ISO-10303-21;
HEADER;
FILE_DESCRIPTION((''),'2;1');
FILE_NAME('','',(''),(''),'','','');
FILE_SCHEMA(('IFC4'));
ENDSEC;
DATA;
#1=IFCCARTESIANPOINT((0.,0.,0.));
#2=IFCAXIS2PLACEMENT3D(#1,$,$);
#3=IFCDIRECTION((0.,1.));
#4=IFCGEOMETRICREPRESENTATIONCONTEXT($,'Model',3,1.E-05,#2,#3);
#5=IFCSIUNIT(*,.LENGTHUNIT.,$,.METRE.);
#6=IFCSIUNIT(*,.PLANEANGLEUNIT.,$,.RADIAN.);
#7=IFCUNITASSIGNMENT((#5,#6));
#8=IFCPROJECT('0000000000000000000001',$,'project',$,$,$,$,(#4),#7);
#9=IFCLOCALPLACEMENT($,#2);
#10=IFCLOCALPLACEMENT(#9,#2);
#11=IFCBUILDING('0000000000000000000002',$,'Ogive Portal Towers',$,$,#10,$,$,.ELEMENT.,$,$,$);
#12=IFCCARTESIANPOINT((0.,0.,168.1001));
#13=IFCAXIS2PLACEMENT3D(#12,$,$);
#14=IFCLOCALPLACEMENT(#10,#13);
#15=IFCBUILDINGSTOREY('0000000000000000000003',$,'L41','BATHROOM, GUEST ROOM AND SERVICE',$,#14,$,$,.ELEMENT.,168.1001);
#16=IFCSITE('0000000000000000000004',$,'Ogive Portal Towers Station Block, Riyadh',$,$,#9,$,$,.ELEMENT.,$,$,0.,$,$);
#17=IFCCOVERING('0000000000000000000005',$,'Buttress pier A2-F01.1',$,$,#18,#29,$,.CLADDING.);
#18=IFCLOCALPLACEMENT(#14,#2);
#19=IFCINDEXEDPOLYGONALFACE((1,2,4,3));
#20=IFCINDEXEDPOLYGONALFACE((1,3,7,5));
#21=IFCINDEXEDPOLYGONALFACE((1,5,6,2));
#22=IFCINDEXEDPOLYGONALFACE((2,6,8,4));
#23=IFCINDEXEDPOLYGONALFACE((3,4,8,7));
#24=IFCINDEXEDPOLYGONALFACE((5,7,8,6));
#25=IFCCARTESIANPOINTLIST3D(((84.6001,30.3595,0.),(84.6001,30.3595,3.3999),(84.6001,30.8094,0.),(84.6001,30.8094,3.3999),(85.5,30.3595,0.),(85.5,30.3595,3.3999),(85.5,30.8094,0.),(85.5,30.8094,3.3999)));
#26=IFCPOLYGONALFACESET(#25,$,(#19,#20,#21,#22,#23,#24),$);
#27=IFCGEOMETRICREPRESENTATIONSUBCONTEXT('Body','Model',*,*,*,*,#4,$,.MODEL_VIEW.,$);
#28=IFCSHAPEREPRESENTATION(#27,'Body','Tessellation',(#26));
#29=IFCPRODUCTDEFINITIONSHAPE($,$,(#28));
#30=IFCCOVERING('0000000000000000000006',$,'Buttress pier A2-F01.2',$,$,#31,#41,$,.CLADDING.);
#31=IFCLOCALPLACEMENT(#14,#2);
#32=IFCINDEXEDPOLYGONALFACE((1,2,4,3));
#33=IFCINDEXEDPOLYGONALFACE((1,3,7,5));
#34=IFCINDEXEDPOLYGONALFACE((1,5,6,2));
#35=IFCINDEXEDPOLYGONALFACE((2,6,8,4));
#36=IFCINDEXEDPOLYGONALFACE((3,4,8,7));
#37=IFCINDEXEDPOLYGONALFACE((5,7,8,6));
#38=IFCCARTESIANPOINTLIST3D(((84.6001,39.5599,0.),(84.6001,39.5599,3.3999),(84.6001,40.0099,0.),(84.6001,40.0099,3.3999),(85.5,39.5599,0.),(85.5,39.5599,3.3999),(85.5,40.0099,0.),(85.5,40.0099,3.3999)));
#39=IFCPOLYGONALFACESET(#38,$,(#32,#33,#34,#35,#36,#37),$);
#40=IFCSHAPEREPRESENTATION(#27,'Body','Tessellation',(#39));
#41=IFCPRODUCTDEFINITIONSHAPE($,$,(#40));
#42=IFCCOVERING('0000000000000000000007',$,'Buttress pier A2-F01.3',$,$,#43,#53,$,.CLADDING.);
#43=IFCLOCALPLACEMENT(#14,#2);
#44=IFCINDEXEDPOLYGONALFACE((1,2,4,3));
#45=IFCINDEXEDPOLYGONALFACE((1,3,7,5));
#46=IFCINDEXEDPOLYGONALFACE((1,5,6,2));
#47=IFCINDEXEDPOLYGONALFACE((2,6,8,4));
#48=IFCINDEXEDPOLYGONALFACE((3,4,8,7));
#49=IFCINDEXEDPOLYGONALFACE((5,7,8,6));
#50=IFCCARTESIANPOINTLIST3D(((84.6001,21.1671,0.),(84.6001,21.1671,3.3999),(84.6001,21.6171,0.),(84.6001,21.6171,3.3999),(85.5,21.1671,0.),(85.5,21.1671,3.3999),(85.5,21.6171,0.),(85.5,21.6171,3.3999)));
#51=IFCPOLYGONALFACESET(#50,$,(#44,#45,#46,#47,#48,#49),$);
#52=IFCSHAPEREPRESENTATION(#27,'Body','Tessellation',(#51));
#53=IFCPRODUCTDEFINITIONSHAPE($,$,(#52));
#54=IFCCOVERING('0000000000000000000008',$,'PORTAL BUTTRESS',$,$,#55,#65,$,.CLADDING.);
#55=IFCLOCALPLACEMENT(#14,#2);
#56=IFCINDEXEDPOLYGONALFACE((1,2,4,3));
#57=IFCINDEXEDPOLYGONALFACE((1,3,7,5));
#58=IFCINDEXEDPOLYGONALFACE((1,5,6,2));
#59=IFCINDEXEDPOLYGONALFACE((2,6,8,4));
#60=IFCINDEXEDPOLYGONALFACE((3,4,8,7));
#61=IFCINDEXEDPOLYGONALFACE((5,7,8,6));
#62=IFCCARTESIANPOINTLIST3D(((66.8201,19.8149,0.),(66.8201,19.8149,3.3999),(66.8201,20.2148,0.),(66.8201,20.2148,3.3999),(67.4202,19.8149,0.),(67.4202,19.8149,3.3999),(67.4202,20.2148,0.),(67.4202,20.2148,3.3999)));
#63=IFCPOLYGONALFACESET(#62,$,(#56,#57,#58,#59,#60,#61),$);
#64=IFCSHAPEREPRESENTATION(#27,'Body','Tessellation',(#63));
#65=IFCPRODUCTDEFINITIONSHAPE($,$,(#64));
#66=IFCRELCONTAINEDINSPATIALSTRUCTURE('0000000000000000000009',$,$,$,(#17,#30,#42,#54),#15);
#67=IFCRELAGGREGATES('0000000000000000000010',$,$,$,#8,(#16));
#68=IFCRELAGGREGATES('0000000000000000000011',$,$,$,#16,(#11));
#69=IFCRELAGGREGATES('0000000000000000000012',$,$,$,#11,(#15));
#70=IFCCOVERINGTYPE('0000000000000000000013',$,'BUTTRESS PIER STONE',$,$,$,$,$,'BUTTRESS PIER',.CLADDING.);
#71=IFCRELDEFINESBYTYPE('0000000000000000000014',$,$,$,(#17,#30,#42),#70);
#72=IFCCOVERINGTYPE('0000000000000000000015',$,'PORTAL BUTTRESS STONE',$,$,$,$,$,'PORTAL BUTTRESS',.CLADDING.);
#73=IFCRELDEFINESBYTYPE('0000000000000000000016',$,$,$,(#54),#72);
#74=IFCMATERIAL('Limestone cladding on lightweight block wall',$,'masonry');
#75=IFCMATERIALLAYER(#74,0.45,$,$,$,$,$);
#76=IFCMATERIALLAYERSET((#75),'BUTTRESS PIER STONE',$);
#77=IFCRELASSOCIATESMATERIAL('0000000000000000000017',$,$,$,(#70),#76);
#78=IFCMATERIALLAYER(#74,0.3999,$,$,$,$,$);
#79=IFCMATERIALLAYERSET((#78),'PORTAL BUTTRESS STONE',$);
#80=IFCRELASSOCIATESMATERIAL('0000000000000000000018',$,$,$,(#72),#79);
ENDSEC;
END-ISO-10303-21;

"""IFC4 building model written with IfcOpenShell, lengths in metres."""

from ifc_helpers import new_model, si_unit, direction, frame, origin, origin_2d, place, context, subcontext, project, spatial, rectangle, extrude, material, layer, layer_set, type_object, element, save


model = new_model("IFC4")

# Units and contexts
model_context = context("Model", 3, precision=1e-05, world=origin(), true_north=direction((0.0, 1.0)))
body_context = subcontext(model_context, "Body", "Model", "MODEL_VIEW")
ifc_project = project(units=[si_unit("LENGTHUNIT", "METRE"), si_unit("PLANEANGLEUNIT", "RADIAN")], contexts=[model_context])

# Site, building, storey
site_placement = place(None, origin())
site = spatial("IfcSite", under=ifc_project, at=site_placement, Name="Ogive Portal Towers Station Block, Riyadh", CompositionType="ELEMENT", RefElevation=0.0)
building_placement = place(site_placement, origin())
building = spatial("IfcBuilding", under=site, at=building_placement, Name="Ogive Portal Towers", CompositionType="ELEMENT")
storey_placement = place(building_placement, frame((0.0, 0.0, 168.1001)))
storey = spatial("IfcBuildingStorey", under=building, at=storey_placement, Name="L41", Description="BATHROOM, GUEST ROOM AND SERVICE", CompositionType="ELEMENT", Elevation=168.1001)

# Coverings
ifc_material_1 = material(Name="Limestone cladding on lightweight block wall", Category="masonry")
ifc_layer_1 = layer(ifc_material_1, 0.45)
ifc_layer_set_1 = layer_set([ifc_layer_1], Name="BUTTRESS PIER STONE")
covering_type_1 = type_object("IfcCoveringType", Name="BUTTRESS PIER STONE", ElementType="BUTTRESS PIER", PredefinedType="CLADDING", material=ifc_layer_set_1)
for number, where, z_axis, x_axis, name in (
    (1, (85.05, 30.5845, 0.0), (0.0, 0.0, 1.0), (1.0, 0.0, 0.0), "Buttress pier A2-F01.1"),
    (2, (85.05, 39.7849, 0.0), (0.0, 0.0, 1.0), (1.0, 0.0, 0.0), "Buttress pier A2-F01.2"),
    (3, (85.05, 21.3921, 0.0), (0.0, 0.0, 1.0), (1.0, 0.0, 0.0), "Buttress pier A2-F01.3"),
):
    element("IfcCovering", number, at=place(storey_placement, frame(where, z_axis=z_axis, x_axis=x_axis)), inside=storey, type_object=covering_type_1, Name=name, PredefinedType="CLADDING", context=body_context, shape_type="SweptSolid", body=[
        extrude(rectangle(XDim=0.8999, YDim=0.45, at=origin_2d()), origin(), (0.0, 0.0, 1.0), 3.3999),
    ])
ifc_layer_2 = layer(ifc_material_1, 0.3999)
ifc_layer_set_2 = layer_set([ifc_layer_2], Name="PORTAL BUTTRESS STONE")
covering_type_2 = type_object("IfcCoveringType", Name="PORTAL BUTTRESS STONE", ElementType="PORTAL BUTTRESS", PredefinedType="CLADDING", material=ifc_layer_set_2)
covering_placement = place(storey_placement, frame((67.1201, 20.0149, 0.0), z_axis=(0.0, 0.0, 1.0), x_axis=(1.0, 0.0, 0.0)))
element("IfcCovering", 4, at=covering_placement, inside=storey, type_object=covering_type_2, Name="PORTAL BUTTRESS", PredefinedType="CLADDING", context=body_context, shape_type="SweptSolid", body=[
    extrude(rectangle(XDim=0.6001, YDim=0.3999, at=origin_2d()), origin(), (0.0, 0.0, 1.0), 3.3999),
])

save(model, "model.ifc")
